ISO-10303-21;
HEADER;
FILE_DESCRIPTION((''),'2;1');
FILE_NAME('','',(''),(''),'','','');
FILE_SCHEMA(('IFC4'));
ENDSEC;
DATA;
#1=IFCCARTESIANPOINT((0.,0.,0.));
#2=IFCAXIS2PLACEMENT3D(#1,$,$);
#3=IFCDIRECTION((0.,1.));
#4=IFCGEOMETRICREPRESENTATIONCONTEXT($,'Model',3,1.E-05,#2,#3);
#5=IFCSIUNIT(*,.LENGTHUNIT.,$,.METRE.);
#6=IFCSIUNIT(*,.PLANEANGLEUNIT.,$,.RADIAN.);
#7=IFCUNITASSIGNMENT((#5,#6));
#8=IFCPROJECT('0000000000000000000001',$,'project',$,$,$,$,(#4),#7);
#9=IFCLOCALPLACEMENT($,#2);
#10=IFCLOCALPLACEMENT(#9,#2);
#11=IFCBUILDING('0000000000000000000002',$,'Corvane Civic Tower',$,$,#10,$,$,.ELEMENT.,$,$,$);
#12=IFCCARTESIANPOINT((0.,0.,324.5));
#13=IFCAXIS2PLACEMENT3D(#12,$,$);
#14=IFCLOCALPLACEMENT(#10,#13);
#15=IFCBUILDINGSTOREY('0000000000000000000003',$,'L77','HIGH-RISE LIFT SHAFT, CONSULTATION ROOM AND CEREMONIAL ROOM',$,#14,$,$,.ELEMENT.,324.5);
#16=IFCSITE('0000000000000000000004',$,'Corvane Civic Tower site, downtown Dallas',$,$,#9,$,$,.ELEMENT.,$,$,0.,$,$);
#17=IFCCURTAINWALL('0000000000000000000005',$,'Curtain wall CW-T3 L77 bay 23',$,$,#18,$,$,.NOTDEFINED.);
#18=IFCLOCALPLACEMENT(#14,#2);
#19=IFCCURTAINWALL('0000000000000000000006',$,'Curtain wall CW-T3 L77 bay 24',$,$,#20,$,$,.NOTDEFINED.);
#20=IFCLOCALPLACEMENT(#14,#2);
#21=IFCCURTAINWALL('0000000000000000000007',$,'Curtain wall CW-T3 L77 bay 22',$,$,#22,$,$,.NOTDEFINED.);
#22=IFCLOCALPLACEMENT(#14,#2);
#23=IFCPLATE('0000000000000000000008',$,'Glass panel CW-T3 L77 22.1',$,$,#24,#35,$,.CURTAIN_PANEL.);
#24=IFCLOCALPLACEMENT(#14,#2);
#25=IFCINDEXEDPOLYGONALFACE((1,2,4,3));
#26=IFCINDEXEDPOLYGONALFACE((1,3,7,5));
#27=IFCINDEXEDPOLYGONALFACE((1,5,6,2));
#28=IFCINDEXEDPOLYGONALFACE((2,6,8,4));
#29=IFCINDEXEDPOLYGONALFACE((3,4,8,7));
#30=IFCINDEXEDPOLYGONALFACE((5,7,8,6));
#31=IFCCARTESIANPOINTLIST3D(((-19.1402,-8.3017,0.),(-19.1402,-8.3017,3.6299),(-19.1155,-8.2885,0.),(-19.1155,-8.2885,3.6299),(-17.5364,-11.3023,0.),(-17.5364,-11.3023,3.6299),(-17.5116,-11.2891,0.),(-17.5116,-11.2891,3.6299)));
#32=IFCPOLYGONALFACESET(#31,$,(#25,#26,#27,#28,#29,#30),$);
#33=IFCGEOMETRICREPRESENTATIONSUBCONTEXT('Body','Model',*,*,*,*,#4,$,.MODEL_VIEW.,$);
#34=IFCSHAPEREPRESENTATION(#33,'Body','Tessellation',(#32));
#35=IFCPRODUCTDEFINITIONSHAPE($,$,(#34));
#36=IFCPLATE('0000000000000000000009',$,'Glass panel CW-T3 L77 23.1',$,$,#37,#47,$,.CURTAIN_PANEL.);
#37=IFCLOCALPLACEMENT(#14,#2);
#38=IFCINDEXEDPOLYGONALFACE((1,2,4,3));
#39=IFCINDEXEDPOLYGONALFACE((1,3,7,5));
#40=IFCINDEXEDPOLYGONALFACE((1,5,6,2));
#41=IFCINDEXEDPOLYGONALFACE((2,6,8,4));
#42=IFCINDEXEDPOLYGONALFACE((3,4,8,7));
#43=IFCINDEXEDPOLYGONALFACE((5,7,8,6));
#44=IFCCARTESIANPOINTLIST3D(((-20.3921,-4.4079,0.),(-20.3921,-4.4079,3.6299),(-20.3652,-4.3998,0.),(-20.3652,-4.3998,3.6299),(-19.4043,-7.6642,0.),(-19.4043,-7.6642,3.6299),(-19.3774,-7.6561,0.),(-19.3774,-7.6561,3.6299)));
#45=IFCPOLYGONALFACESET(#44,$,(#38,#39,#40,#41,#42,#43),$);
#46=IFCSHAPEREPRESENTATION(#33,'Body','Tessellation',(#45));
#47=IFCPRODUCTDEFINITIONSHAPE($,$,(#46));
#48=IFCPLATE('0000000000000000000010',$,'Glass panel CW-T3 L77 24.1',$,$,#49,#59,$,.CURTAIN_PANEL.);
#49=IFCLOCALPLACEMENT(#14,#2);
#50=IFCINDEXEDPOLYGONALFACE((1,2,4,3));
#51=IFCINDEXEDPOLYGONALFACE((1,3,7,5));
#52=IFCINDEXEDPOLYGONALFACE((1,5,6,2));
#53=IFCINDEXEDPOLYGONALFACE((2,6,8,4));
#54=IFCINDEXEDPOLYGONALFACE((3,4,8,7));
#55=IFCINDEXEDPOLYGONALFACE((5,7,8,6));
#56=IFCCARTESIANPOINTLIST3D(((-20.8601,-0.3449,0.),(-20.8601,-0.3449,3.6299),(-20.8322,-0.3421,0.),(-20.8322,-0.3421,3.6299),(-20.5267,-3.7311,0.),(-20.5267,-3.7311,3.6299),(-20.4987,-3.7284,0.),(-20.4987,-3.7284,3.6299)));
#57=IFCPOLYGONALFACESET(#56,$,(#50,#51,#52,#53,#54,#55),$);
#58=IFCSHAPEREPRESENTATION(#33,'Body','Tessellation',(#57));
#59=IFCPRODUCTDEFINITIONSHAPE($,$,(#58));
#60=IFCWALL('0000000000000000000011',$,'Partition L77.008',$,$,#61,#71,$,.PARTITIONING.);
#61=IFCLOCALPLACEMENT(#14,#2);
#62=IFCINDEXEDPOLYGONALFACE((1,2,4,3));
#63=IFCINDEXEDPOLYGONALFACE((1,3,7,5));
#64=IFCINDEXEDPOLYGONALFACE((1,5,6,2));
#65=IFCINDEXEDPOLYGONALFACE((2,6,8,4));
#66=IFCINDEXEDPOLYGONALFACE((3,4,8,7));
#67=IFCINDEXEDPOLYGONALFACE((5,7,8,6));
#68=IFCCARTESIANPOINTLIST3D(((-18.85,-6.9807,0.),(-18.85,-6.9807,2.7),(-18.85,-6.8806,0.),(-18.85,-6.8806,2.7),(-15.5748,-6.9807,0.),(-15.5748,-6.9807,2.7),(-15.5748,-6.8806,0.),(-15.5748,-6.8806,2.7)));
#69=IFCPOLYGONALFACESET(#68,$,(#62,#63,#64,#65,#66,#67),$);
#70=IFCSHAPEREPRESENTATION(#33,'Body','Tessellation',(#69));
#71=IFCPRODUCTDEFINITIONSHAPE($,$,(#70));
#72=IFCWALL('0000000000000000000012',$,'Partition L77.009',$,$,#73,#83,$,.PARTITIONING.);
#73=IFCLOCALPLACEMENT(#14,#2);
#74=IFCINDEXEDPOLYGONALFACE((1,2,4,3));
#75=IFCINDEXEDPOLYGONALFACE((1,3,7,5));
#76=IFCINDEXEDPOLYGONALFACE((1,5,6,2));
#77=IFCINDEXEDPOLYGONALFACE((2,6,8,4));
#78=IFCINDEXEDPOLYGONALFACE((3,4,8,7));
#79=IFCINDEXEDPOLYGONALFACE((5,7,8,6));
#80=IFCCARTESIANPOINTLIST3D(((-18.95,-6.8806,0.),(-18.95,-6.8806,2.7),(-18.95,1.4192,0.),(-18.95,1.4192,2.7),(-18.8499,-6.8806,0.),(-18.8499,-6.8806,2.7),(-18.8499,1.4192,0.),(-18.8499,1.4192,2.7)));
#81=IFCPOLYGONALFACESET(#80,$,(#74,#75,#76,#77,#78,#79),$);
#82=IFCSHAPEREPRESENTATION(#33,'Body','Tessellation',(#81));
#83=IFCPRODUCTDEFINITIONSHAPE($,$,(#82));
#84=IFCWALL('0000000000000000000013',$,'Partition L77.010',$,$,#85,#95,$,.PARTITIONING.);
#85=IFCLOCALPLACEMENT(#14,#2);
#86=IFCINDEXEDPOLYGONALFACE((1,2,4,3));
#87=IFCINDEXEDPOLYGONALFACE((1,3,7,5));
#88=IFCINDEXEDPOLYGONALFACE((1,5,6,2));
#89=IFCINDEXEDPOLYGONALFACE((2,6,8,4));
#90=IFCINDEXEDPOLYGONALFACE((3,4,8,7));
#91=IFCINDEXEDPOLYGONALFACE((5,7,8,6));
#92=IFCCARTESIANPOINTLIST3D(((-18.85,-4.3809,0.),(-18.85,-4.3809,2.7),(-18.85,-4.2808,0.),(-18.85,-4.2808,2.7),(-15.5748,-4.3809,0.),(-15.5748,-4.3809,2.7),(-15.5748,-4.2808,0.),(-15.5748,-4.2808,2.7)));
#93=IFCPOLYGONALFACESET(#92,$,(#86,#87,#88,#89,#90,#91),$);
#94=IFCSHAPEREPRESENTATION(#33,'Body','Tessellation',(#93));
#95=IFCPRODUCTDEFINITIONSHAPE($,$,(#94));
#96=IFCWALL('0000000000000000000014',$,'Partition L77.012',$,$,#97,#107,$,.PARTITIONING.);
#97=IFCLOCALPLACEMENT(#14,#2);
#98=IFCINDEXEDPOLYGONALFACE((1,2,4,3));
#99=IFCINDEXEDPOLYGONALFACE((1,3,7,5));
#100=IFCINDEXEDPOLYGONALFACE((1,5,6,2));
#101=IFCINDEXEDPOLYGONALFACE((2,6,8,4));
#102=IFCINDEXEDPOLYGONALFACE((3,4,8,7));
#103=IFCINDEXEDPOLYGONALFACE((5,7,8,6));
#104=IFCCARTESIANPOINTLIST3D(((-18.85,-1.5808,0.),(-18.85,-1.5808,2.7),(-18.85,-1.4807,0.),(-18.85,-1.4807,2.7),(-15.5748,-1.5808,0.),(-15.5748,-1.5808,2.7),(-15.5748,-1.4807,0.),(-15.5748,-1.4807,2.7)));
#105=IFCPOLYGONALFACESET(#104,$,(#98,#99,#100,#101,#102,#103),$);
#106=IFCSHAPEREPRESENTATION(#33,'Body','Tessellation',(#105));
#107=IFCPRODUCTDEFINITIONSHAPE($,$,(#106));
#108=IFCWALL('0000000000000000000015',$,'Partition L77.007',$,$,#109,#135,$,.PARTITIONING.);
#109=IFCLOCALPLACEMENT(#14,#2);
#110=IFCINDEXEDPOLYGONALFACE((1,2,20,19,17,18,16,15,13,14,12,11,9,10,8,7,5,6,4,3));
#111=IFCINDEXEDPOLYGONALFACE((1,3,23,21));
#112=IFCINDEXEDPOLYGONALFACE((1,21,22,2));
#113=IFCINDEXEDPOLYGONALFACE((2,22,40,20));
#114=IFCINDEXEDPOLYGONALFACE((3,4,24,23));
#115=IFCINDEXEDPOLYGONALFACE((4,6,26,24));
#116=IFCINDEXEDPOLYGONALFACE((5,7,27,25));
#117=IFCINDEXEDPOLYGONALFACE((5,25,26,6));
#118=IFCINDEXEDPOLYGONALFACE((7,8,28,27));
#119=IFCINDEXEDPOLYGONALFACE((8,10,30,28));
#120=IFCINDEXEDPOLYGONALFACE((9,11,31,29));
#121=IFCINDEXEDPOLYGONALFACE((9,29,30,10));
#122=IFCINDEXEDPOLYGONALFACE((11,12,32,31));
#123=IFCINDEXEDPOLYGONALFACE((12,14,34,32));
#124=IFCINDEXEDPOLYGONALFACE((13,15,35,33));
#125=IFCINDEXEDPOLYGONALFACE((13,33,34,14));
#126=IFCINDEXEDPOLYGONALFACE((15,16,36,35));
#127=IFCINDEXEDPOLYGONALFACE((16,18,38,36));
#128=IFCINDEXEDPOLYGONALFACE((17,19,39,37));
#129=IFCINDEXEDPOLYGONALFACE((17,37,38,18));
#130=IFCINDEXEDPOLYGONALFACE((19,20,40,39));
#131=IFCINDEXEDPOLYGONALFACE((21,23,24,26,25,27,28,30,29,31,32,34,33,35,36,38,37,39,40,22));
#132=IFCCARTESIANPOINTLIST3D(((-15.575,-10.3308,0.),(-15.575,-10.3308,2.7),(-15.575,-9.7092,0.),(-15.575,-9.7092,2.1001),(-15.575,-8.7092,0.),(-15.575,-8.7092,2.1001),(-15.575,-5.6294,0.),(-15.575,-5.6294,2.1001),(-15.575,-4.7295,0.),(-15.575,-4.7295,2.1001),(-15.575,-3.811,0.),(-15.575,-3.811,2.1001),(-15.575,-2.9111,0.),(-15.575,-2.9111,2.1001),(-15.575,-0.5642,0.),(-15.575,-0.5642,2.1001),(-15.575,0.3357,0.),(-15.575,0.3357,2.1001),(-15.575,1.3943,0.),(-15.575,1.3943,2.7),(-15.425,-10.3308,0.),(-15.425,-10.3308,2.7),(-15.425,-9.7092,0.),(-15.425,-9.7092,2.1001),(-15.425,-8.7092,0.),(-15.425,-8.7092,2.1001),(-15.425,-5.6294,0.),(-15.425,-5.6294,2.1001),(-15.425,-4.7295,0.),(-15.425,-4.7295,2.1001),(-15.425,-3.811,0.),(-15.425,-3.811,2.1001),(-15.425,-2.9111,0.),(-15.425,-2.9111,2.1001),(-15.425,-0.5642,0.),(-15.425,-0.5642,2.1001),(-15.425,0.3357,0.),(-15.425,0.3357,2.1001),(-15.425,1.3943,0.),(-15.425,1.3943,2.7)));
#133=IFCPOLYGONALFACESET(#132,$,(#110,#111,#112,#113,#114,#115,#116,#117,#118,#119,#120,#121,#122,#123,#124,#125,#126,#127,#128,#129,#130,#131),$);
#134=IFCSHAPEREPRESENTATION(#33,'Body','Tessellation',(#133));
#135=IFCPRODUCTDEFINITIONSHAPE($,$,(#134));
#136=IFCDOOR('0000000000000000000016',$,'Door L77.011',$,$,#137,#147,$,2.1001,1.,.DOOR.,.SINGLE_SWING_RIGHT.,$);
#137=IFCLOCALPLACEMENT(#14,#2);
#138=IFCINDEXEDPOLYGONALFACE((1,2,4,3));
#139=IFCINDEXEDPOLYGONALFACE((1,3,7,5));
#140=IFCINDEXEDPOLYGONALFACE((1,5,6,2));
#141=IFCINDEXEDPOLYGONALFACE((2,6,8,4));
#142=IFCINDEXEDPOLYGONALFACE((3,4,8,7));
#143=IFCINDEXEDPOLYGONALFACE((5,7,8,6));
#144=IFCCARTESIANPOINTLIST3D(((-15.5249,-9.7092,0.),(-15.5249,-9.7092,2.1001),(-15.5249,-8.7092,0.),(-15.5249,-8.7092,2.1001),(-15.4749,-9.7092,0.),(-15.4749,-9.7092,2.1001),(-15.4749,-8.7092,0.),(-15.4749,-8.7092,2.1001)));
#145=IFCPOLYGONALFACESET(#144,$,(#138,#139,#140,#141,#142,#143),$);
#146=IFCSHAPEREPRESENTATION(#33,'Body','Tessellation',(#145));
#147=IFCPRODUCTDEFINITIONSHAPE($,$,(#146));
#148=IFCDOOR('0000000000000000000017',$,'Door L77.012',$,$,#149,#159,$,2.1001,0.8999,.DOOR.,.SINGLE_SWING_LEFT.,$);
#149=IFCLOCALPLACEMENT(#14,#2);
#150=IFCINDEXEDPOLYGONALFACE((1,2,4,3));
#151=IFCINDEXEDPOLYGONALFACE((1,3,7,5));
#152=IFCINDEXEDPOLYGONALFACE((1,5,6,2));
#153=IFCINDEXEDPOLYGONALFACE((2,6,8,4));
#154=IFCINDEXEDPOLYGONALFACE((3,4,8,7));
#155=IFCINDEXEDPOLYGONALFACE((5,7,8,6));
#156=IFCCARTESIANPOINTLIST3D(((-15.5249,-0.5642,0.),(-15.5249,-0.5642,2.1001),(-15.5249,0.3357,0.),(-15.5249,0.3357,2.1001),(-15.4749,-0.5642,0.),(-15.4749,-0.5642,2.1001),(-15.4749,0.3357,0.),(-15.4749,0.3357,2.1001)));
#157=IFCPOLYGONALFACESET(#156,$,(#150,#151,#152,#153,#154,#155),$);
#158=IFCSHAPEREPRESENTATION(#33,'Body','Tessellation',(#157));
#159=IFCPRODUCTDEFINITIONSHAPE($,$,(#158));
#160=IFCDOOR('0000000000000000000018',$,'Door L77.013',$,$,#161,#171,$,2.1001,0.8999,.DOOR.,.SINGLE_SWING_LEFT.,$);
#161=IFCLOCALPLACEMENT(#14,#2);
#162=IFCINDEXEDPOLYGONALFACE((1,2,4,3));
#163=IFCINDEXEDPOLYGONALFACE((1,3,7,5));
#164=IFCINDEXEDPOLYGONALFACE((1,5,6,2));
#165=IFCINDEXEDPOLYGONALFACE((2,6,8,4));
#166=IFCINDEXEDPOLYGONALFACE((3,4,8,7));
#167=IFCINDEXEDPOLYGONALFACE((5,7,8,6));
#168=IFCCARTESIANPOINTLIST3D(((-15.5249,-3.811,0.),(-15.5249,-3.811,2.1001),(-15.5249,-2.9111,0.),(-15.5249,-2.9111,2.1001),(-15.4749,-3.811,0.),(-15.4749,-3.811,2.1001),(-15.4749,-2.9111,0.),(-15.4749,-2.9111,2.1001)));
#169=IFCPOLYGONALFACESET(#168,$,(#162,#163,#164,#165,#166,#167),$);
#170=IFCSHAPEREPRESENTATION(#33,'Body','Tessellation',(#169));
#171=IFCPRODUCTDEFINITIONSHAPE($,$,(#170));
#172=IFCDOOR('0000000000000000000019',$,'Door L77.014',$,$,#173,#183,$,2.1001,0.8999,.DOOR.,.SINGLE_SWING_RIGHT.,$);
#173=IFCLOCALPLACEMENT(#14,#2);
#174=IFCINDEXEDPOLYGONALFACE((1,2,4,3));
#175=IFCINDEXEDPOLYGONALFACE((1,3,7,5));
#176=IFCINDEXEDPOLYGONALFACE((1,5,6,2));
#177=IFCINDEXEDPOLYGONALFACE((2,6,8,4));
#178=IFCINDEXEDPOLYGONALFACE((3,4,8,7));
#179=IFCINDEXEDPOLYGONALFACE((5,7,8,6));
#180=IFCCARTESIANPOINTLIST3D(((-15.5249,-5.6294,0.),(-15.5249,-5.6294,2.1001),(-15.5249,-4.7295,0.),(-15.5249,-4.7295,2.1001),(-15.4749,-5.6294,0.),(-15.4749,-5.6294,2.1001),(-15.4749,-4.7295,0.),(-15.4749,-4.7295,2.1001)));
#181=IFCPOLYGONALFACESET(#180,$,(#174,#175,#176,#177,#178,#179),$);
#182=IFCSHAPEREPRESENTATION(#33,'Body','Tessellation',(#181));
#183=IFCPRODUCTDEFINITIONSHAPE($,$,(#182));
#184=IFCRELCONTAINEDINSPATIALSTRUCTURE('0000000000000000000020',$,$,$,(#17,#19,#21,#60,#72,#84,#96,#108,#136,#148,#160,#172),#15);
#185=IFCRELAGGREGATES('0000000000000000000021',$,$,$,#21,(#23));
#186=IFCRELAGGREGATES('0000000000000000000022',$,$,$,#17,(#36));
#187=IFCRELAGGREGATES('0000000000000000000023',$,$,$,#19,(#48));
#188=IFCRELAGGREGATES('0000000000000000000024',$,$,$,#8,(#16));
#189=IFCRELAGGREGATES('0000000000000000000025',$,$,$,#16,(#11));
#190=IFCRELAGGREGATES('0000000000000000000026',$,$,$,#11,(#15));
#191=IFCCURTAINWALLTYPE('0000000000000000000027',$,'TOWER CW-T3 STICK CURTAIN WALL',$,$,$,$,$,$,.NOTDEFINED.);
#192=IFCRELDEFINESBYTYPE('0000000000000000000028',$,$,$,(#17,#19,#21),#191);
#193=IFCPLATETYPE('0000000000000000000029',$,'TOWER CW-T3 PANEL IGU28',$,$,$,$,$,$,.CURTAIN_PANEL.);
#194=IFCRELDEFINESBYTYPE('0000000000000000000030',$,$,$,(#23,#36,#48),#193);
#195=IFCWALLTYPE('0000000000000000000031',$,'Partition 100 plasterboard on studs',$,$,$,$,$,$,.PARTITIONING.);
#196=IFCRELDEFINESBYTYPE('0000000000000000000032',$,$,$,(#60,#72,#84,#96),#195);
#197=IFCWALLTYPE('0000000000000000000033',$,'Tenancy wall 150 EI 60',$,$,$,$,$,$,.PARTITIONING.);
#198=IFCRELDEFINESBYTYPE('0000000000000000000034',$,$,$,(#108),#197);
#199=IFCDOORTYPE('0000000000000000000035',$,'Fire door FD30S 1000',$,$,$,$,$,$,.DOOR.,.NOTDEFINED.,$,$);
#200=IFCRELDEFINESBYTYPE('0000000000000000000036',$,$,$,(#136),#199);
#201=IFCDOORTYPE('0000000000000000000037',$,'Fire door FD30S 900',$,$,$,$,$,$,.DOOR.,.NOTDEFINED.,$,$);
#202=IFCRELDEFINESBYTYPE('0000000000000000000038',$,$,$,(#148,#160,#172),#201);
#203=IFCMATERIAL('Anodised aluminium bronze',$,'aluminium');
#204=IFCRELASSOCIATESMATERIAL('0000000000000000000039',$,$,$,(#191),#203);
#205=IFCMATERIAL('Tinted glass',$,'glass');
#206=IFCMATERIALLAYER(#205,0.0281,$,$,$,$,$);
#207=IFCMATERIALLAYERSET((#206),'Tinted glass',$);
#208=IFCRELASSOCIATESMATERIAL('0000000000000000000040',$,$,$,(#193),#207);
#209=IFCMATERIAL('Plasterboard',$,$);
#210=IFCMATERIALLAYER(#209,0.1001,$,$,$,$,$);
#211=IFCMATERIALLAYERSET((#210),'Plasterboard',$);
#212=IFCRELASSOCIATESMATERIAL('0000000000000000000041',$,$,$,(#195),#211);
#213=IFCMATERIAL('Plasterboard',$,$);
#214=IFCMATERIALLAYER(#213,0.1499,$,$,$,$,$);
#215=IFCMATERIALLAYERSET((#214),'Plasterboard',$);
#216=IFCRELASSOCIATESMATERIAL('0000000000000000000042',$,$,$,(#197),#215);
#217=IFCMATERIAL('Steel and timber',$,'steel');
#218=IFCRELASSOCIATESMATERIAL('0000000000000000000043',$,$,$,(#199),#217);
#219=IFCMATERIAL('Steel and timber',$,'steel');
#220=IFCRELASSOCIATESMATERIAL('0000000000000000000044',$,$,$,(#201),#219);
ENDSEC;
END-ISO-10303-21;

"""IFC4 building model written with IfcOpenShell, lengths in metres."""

from ifc_helpers import new_model, si_unit, direction, frame, frame_2d, origin, origin_2d, place, context, subcontext, project, spatial, rectangle, extrude, material, layer, layer_set, type_object, element, fill, aggregate, save


model = new_model("IFC4")

# Units and contexts
model_context = context("Model", 3, precision=1e-05, world=origin(), true_north=direction((0.0, 1.0)))
body_context = subcontext(model_context, "Body", "Model", "MODEL_VIEW")
ifc_project = project(units=[si_unit("LENGTHUNIT", "METRE"), si_unit("PLANEANGLEUNIT", "RADIAN")], contexts=[model_context])

# Site, building, storey
site_placement = place(None, origin())
site = spatial("IfcSite", under=ifc_project, at=site_placement, Name="Corvane Civic Tower site, downtown Dallas", CompositionType="ELEMENT", RefElevation=0.0)
building_placement = place(site_placement, origin())
building = spatial("IfcBuilding", under=site, at=building_placement, Name="Corvane Civic Tower", CompositionType="ELEMENT")
storey_placement = place(building_placement, frame((0.0, 0.0, 324.5)))
storey = spatial("IfcBuildingStorey", under=building, at=storey_placement, Name="L77", Description="HIGH-RISE LIFT SHAFT, CONSULTATION ROOM AND CEREMONIAL ROOM", CompositionType="ELEMENT", Elevation=324.5)

# Curtain walls
ifc_material_1 = material(Name="Anodised aluminium bronze", Category="aluminium")
curtain_wall_type = type_object("IfcCurtainWallType", Name="TOWER CW-T3 STICK CURTAIN WALL", PredefinedType="NOTDEFINED", material=ifc_material_1)
curtain_wall_1_placement = place(storey_placement, origin())
curtain_wall_1 = element("IfcCurtainWall", 1, at=curtain_wall_1_placement, inside=storey, type_object=curtain_wall_type, Name="Curtain wall CW-T3 L77 bay 23", PredefinedType="NOTDEFINED")
curtain_wall_2_placement = place(storey_placement, origin())
curtain_wall_2 = element("IfcCurtainWall", 2, at=curtain_wall_2_placement, inside=storey, type_object=curtain_wall_type, Name="Curtain wall CW-T3 L77 bay 24", PredefinedType="NOTDEFINED")

# Curtain wall, plate
curtain_wall_3_placement = place(storey_placement, origin())
curtain_wall_3 = element("IfcCurtainWall", 3, at=curtain_wall_3_placement, inside=storey, type_object=curtain_wall_type, Name="Curtain wall CW-T3 L77 bay 22", PredefinedType="NOTDEFINED")
ifc_material_2 = material(Name="Tinted glass", Category="glass")
ifc_layer_1 = layer(ifc_material_2, 0.0281)
ifc_layer_set_1 = layer_set([ifc_layer_1], Name="Tinted glass")
plate_type = type_object("IfcPlateType", Name="TOWER CW-T3 PANEL IGU28", PredefinedType="CURTAIN_PANEL", material=ifc_layer_set_1)
plate_1_placement = place(storey_placement, frame((-18.3259, -9.7954, 0.0), z_axis=(0.0, 0.0, 1.0), x_axis=(-0.471384, 0.881928, 0.0)))
plate_1 = element("IfcPlate", 4, at=plate_1_placement, type_object=plate_type, Name="Glass panel CW-T3 L77 22.1", PredefinedType="CURTAIN_PANEL", context=body_context, shape_type="SweptSolid", body=[
    extrude(rectangle(XDim=3.4023, YDim=0.0281, at=origin_2d()), origin(), (0.0, 0.0, 1.0), 3.6299),
])
aggregate(curtain_wall_3, [plate_1])

# Plates
plate_2_placement = place(storey_placement, frame((-19.8848, -6.032, 0.0), z_axis=(0.0, 0.0, 1.0), x_axis=(-0.29029, 0.956939, 0.0)))
plate_2 = element("IfcPlate", 5, at=plate_2_placement, type_object=plate_type, Name="Glass panel CW-T3 L77 23.1", PredefinedType="CURTAIN_PANEL", context=body_context, shape_type="SweptSolid", body=[
    extrude(rectangle(XDim=3.4028, YDim=0.0281, at=origin_2d()), origin(), (0.0, 0.0, 1.0), 3.6299),
])
aggregate(curtain_wall_1, [plate_2])
plate_3_placement = place(storey_placement, frame((-20.6794, -2.0366, 0.0), z_axis=(0.0, 0.0, 1.0), x_axis=(-0.097998, 0.995187, 0.0)))
plate_3 = element("IfcPlate", 6, at=plate_3_placement, type_object=plate_type, Name="Glass panel CW-T3 L77 24.1", PredefinedType="CURTAIN_PANEL", context=body_context, shape_type="SweptSolid", body=[
    extrude(rectangle(XDim=3.4026, YDim=0.0281, at=origin_2d()), origin(), (0.0, 0.0, 1.0), 3.6299),
])
aggregate(curtain_wall_2, [plate_3])

# Walls
ifc_material_3 = material(Name="Plasterboard")
ifc_layer_2 = layer(ifc_material_3, 0.1001)
ifc_layer_set_2 = layer_set([ifc_layer_2], Name="Plasterboard")
wall_type_1 = type_object("IfcWallType", Name="Partition 100 plasterboard on studs", PredefinedType="PARTITIONING", material=ifc_layer_set_2)
wall_1_placement = place(storey_placement, frame((-18.8501, -6.9307, 0.0), z_axis=(0.0, 0.0, 1.0), x_axis=(1.0, 0.0, 0.0)))
element("IfcWall", 7, at=wall_1_placement, inside=storey, type_object=wall_type_1, Name="Partition L77.008", PredefinedType="PARTITIONING", context=body_context, shape_type="SweptSolid", body=[
    extrude(rectangle(XDim=3.2751, YDim=0.1001, at=frame_2d((1.6377, 0.0))), origin(), (0.0, 0.0, 1.0), 2.7),
])
wall_2_placement = place(storey_placement, frame((-18.8999, -6.8806, 0.0), z_axis=(0.0, 0.0, 1.0), x_axis=(0.0, 1.0, 0.0)))
element("IfcWall", 8, at=wall_2_placement, inside=storey, type_object=wall_type_1, Name="Partition L77.009", PredefinedType="PARTITIONING", context=body_context, shape_type="SweptSolid", body=[
    extrude(rectangle(XDim=8.2998, YDim=0.1001, at=frame_2d((4.1499, 0.0))), origin(), (0.0, 0.0, 1.0), 2.7),
])
for number, where, z_axis, x_axis, name in (
    (9, (-18.8501, -4.3308, 0.0), (0.0, 0.0, 1.0), (1.0, 0.0, 0.0), "Partition L77.010"),
    (10, (-18.8501, -1.5308, 0.0), (0.0, 0.0, 1.0), (1.0, 0.0, 0.0), "Partition L77.012"),
):
    element("IfcWall", number, at=place(storey_placement, frame(where, z_axis=z_axis, x_axis=x_axis)), inside=storey, type_object=wall_type_1, Name=name, PredefinedType="PARTITIONING", context=body_context, shape_type="SweptSolid", body=[
        extrude(rectangle(XDim=3.2751, YDim=0.1001, at=frame_2d((1.6377, 0.0))), origin(), (0.0, 0.0, 1.0), 2.7),
    ])

# Wall, openings, doors
ifc_material_4 = material(Name="Plasterboard")
ifc_layer_3 = layer(ifc_material_4, 0.1499)
ifc_layer_set_3 = layer_set([ifc_layer_3], Name="Plasterboard")
wall_type_2 = type_object("IfcWallType", Name="Tenancy wall 150 EI 60", PredefinedType="PARTITIONING", material=ifc_layer_set_3)
wall_3_placement = place(storey_placement, frame((-15.5, -10.3308, 0.0), z_axis=(0.0, 0.0, 1.0), x_axis=(0.0, 1.0, 0.0)))
wall_3 = element("IfcWall", 11, at=wall_3_placement, inside=storey, type_object=wall_type_2, Name="Partition L77.007", PredefinedType="PARTITIONING", context=body_context, shape_type="SweptSolid", body=[
    extrude(rectangle(XDim=11.7251, YDim=0.1499, at=frame_2d((5.8625, 0.0))), origin(), (0.0, 0.0, 1.0), 2.7),
])
opening_1_placement = place(wall_3_placement, frame((0.6216, 0.0, 0.0)))
opening_1 = element("IfcOpeningElement", 12, at=opening_1_placement, cuts=wall_3, PredefinedType="OPENING", context=body_context, shape_type="SweptSolid", body=[
    extrude(rectangle(XDim=1.0, YDim=2.1001, at=frame_2d((0.5, 1.05))), frame((0.0, 0.085, 0.0), z_axis=(0.0, -1.0, 0.0), x_axis=(1.0, 0.0, 0.0)), (0.0, 0.0, 1.0), 0.1699),
])
opening_2_placement = place(wall_3_placement, frame((9.7666, 0.0, 0.0)))
opening_2 = element("IfcOpeningElement", 13, at=opening_2_placement, cuts=wall_3, PredefinedType="OPENING", context=body_context, shape_type="SweptSolid", body=[
    extrude(rectangle(XDim=0.8999, YDim=2.1001, at=frame_2d((0.45, 1.05))), frame((0.0, 0.085, 0.0), z_axis=(0.0, -1.0, 0.0), x_axis=(1.0, 0.0, 0.0)), (0.0, 0.0, 1.0), 0.1699),
])
opening_3_placement = place(wall_3_placement, frame((6.5198, 0.0, 0.0)))
opening_3 = element("IfcOpeningElement", 14, at=opening_3_placement, cuts=wall_3, PredefinedType="OPENING", context=body_context, shape_type="SweptSolid", body=[
    extrude(rectangle(XDim=0.8999, YDim=2.1001, at=frame_2d((0.45, 1.05))), frame((0.0, 0.085, 0.0), z_axis=(0.0, -1.0, 0.0), x_axis=(1.0, 0.0, 0.0)), (0.0, 0.0, 1.0), 0.1699),
])
opening_4_placement = place(wall_3_placement, frame((4.7014, 0.0, 0.0)))
opening_4 = element("IfcOpeningElement", 15, at=opening_4_placement, cuts=wall_3, PredefinedType="OPENING", context=body_context, shape_type="SweptSolid", body=[
    extrude(rectangle(XDim=0.8999, YDim=2.1001, at=frame_2d((0.45, 1.05))), frame((0.0, 0.085, 0.0), z_axis=(0.0, -1.0, 0.0), x_axis=(1.0, 0.0, 0.0)), (0.0, 0.0, 1.0), 0.1699),
])
ifc_material_5 = material(Name="Steel and timber", Category="steel")
door_type_1 = type_object("IfcDoorType", Name="Fire door FD30S 1000", OperationType="NOTDEFINED", PredefinedType="DOOR", material=ifc_material_5)
door_1_placement = place(opening_1_placement, origin())
door_1 = element("IfcDoor", 16, at=door_1_placement, inside=storey, type_object=door_type_1, Name="Door L77.011", OperationType="SINGLE_SWING_RIGHT", OverallHeight=2.1001, OverallWidth=1.0, PredefinedType="DOOR", context=body_context, shape_type="SweptSolid", body=[
    extrude(rectangle(XDim=1.0, YDim=2.1001, at=frame_2d((0.5, 1.05))), frame((0.0, 0.0249, 0.0), z_axis=(0.0, -1.0, 0.0), x_axis=(1.0, 0.0, 0.0)), (0.0, 0.0, 1.0), 0.05),
])
fill(opening_1, door_1)
ifc_material_6 = material(Name="Steel and timber", Category="steel")
door_type_2 = type_object("IfcDoorType", Name="Fire door FD30S 900", OperationType="NOTDEFINED", PredefinedType="DOOR", material=ifc_material_6)
door_2_placement = place(opening_2_placement, origin())
door_2 = element("IfcDoor", 17, at=door_2_placement, inside=storey, type_object=door_type_2, Name="Door L77.012", OperationType="SINGLE_SWING_LEFT", OverallHeight=2.1001, OverallWidth=0.8999, PredefinedType="DOOR", context=body_context, shape_type="SweptSolid", body=[
    extrude(rectangle(XDim=0.8999, YDim=2.1001, at=frame_2d((0.45, 1.05))), frame((0.0, 0.0249, 0.0), z_axis=(0.0, -1.0, 0.0), x_axis=(1.0, 0.0, 0.0)), (0.0, 0.0, 1.0), 0.05),
])
fill(opening_2, door_2)
door_3_placement = place(opening_3_placement, origin())
door_3 = element("IfcDoor", 18, at=door_3_placement, inside=storey, type_object=door_type_2, Name="Door L77.013", OperationType="SINGLE_SWING_LEFT", OverallHeight=2.1001, OverallWidth=0.8999, PredefinedType="DOOR", context=body_context, shape_type="SweptSolid", body=[
    extrude(rectangle(XDim=0.8999, YDim=2.1001, at=frame_2d((0.45, 1.05))), frame((0.0, 0.0249, 0.0), z_axis=(0.0, -1.0, 0.0), x_axis=(1.0, 0.0, 0.0)), (0.0, 0.0, 1.0), 0.05),
])
fill(opening_3, door_3)
door_4_placement = place(opening_4_placement, origin())
door_4 = element("IfcDoor", 19, at=door_4_placement, inside=storey, type_object=door_type_2, Name="Door L77.014", OperationType="SINGLE_SWING_RIGHT", OverallHeight=2.1001, OverallWidth=0.8999, PredefinedType="DOOR", context=body_context, shape_type="SweptSolid", body=[
    extrude(rectangle(XDim=0.8999, YDim=2.1001, at=frame_2d((0.45, 1.05))), frame((0.0, 0.0249, 0.0), z_axis=(0.0, -1.0, 0.0), x_axis=(1.0, 0.0, 0.0)), (0.0, 0.0, 1.0), 0.05),
])
fill(opening_4, door_4)

save(model, "model.ifc")
